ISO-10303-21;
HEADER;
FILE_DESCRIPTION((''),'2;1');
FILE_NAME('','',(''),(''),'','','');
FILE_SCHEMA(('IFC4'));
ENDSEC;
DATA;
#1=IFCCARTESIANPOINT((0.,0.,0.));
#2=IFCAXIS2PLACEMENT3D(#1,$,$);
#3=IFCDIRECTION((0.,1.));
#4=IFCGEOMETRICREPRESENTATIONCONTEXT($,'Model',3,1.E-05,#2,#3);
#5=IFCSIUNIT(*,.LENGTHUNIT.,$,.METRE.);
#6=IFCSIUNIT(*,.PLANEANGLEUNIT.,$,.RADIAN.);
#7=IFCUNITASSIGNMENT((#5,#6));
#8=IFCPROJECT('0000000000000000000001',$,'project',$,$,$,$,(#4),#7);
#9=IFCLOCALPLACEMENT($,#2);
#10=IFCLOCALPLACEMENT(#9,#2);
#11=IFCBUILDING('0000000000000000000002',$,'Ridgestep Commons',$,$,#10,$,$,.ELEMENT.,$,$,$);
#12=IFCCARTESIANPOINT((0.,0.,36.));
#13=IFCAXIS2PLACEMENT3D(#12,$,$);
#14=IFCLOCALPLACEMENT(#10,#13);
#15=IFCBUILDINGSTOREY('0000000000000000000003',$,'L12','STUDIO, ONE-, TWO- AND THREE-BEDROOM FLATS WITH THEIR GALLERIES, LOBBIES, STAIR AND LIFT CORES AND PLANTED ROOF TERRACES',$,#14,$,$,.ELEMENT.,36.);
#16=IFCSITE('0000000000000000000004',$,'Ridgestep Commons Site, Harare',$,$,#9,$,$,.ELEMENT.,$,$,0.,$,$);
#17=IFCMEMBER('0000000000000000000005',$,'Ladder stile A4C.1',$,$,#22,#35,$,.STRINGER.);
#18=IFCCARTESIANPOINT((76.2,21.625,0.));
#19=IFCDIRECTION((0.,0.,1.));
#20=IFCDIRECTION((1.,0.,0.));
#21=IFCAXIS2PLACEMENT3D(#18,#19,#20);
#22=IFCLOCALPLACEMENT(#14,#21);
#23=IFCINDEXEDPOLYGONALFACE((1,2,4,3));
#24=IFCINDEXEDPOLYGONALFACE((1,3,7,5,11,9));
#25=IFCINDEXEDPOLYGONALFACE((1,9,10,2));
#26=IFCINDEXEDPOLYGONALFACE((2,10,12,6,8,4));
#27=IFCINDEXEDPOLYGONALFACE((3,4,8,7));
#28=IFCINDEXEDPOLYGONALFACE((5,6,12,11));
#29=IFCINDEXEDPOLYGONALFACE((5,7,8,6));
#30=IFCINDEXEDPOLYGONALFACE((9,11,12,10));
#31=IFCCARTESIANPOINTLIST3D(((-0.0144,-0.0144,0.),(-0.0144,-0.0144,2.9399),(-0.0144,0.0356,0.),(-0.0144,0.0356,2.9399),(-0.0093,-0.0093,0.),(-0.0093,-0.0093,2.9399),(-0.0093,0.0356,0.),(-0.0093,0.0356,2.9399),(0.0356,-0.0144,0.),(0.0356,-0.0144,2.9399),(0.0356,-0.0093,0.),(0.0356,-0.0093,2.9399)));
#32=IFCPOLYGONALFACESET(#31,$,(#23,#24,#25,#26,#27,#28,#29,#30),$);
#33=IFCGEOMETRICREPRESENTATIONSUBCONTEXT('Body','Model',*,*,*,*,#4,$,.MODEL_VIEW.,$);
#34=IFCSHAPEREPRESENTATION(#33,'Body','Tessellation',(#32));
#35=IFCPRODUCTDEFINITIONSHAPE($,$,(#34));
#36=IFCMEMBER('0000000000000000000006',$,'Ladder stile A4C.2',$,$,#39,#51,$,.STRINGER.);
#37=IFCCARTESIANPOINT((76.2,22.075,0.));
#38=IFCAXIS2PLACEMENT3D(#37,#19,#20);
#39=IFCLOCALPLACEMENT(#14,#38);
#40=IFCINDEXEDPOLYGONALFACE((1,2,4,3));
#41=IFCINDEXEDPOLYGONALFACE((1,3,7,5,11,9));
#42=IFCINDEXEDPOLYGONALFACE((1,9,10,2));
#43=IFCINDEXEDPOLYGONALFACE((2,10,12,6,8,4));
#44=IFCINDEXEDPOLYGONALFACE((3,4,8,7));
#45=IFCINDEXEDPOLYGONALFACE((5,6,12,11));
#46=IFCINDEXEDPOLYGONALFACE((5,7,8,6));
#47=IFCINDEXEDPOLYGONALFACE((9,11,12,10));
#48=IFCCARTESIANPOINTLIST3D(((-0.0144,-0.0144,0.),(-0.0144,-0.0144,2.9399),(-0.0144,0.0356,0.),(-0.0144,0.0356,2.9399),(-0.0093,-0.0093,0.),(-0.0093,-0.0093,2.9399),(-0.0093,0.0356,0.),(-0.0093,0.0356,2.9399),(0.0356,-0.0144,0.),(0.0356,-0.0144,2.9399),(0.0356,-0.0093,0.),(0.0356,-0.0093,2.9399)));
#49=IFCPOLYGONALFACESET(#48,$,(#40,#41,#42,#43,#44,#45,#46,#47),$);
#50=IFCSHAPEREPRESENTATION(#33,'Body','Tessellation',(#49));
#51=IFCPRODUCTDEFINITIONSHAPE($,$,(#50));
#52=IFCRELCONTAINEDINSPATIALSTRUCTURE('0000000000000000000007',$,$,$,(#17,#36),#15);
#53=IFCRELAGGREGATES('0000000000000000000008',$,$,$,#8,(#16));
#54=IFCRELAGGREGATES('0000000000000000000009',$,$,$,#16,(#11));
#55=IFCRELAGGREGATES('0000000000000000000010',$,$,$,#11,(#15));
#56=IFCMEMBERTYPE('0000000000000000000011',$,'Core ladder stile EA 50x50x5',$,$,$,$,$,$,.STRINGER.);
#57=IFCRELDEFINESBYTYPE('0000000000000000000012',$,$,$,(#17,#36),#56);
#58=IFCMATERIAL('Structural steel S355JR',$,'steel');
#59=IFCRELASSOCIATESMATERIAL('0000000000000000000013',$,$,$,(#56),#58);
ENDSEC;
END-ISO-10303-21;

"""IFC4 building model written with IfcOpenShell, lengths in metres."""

from ifc_helpers import new_model, si_unit, direction, frame, origin, place, context, subcontext, project, spatial, polyline, outline, extrude, material, material_profile, profile_set, type_object, element, save


model = new_model("IFC4")

# Units and contexts
model_context = context("Model", 3, precision=1e-05, world=origin(), true_north=direction((0.0, 1.0)))
body_context = subcontext(model_context, "Body", "Model", "MODEL_VIEW")
ifc_project = project(units=[si_unit("LENGTHUNIT", "METRE"), si_unit("PLANEANGLEUNIT", "RADIAN")], contexts=[model_context])

# Site, building, storey
site_placement = place(None, origin())
site = spatial("IfcSite", under=ifc_project, at=site_placement, Name="Ridgestep Commons Site, Harare", CompositionType="ELEMENT", RefElevation=0.0)
building_placement = place(site_placement, origin())
building = spatial("IfcBuilding", under=site, at=building_placement, Name="Ridgestep Commons", CompositionType="ELEMENT")
storey_placement = place(building_placement, frame((0.0, 0.0, 36.0)))
storey = spatial("IfcBuildingStorey", under=building, at=storey_placement, Name="L12", Description="STUDIO, ONE-, TWO- AND THREE-BEDROOM FLATS WITH THEIR GALLERIES, LOBBIES, STAIR AND LIFT CORES AND PLANTED ROOF TERRACES", CompositionType="ELEMENT", Elevation=36.0)

# Members
ifc_material_1 = material(Name="Structural steel S355JR", Category="steel")
ifc_material_profile_1 = material_profile(ifc_material_1, outline(polyline([(-0.0144, -0.0144), (0.0356, -0.0144), (0.0356, -0.0093), (-0.0093, -0.0093), (-0.0093, 0.0356), (-0.0144, 0.0356), (-0.0144, -0.0144)])), Name="EA 50x50x5")
ifc_profile_set_1 = profile_set([ifc_material_profile_1], Name="Structural steel S355JR")
member_type_1 = type_object("IfcMemberType", Name="Core ladder stile EA 50x50x5", PredefinedType="STRINGER", material=ifc_profile_set_1)
for number, where, z_axis, x_axis, name in (
    (1, (76.2, 21.625, 0.0), (0.0, 0.0, 1.0), (1.0, 0.0, 0.0), "Ladder stile A4C.1"),
    (2, (76.2, 22.075, 0.0), (0.0, 0.0, 1.0), (1.0, 0.0, 0.0), "Ladder stile A4C.2"),
):
    element("IfcMember", number, at=place(storey_placement, frame(where, z_axis=z_axis, x_axis=x_axis)), inside=storey, type_object=member_type_1, Name=name, PredefinedType="STRINGER", context=body_context, shape_type="SweptSolid", body=[
        extrude(outline(polyline([(-0.0144, -0.0144), (0.0356, -0.0144), (0.0356, -0.0093), (-0.0093, -0.0093), (-0.0093, 0.0356), (-0.0144, 0.0356), (-0.0144, -0.0144)])), origin(), (0.0, 0.0, 1.0), 2.9399),
    ])

save(model, "model.ifc")
